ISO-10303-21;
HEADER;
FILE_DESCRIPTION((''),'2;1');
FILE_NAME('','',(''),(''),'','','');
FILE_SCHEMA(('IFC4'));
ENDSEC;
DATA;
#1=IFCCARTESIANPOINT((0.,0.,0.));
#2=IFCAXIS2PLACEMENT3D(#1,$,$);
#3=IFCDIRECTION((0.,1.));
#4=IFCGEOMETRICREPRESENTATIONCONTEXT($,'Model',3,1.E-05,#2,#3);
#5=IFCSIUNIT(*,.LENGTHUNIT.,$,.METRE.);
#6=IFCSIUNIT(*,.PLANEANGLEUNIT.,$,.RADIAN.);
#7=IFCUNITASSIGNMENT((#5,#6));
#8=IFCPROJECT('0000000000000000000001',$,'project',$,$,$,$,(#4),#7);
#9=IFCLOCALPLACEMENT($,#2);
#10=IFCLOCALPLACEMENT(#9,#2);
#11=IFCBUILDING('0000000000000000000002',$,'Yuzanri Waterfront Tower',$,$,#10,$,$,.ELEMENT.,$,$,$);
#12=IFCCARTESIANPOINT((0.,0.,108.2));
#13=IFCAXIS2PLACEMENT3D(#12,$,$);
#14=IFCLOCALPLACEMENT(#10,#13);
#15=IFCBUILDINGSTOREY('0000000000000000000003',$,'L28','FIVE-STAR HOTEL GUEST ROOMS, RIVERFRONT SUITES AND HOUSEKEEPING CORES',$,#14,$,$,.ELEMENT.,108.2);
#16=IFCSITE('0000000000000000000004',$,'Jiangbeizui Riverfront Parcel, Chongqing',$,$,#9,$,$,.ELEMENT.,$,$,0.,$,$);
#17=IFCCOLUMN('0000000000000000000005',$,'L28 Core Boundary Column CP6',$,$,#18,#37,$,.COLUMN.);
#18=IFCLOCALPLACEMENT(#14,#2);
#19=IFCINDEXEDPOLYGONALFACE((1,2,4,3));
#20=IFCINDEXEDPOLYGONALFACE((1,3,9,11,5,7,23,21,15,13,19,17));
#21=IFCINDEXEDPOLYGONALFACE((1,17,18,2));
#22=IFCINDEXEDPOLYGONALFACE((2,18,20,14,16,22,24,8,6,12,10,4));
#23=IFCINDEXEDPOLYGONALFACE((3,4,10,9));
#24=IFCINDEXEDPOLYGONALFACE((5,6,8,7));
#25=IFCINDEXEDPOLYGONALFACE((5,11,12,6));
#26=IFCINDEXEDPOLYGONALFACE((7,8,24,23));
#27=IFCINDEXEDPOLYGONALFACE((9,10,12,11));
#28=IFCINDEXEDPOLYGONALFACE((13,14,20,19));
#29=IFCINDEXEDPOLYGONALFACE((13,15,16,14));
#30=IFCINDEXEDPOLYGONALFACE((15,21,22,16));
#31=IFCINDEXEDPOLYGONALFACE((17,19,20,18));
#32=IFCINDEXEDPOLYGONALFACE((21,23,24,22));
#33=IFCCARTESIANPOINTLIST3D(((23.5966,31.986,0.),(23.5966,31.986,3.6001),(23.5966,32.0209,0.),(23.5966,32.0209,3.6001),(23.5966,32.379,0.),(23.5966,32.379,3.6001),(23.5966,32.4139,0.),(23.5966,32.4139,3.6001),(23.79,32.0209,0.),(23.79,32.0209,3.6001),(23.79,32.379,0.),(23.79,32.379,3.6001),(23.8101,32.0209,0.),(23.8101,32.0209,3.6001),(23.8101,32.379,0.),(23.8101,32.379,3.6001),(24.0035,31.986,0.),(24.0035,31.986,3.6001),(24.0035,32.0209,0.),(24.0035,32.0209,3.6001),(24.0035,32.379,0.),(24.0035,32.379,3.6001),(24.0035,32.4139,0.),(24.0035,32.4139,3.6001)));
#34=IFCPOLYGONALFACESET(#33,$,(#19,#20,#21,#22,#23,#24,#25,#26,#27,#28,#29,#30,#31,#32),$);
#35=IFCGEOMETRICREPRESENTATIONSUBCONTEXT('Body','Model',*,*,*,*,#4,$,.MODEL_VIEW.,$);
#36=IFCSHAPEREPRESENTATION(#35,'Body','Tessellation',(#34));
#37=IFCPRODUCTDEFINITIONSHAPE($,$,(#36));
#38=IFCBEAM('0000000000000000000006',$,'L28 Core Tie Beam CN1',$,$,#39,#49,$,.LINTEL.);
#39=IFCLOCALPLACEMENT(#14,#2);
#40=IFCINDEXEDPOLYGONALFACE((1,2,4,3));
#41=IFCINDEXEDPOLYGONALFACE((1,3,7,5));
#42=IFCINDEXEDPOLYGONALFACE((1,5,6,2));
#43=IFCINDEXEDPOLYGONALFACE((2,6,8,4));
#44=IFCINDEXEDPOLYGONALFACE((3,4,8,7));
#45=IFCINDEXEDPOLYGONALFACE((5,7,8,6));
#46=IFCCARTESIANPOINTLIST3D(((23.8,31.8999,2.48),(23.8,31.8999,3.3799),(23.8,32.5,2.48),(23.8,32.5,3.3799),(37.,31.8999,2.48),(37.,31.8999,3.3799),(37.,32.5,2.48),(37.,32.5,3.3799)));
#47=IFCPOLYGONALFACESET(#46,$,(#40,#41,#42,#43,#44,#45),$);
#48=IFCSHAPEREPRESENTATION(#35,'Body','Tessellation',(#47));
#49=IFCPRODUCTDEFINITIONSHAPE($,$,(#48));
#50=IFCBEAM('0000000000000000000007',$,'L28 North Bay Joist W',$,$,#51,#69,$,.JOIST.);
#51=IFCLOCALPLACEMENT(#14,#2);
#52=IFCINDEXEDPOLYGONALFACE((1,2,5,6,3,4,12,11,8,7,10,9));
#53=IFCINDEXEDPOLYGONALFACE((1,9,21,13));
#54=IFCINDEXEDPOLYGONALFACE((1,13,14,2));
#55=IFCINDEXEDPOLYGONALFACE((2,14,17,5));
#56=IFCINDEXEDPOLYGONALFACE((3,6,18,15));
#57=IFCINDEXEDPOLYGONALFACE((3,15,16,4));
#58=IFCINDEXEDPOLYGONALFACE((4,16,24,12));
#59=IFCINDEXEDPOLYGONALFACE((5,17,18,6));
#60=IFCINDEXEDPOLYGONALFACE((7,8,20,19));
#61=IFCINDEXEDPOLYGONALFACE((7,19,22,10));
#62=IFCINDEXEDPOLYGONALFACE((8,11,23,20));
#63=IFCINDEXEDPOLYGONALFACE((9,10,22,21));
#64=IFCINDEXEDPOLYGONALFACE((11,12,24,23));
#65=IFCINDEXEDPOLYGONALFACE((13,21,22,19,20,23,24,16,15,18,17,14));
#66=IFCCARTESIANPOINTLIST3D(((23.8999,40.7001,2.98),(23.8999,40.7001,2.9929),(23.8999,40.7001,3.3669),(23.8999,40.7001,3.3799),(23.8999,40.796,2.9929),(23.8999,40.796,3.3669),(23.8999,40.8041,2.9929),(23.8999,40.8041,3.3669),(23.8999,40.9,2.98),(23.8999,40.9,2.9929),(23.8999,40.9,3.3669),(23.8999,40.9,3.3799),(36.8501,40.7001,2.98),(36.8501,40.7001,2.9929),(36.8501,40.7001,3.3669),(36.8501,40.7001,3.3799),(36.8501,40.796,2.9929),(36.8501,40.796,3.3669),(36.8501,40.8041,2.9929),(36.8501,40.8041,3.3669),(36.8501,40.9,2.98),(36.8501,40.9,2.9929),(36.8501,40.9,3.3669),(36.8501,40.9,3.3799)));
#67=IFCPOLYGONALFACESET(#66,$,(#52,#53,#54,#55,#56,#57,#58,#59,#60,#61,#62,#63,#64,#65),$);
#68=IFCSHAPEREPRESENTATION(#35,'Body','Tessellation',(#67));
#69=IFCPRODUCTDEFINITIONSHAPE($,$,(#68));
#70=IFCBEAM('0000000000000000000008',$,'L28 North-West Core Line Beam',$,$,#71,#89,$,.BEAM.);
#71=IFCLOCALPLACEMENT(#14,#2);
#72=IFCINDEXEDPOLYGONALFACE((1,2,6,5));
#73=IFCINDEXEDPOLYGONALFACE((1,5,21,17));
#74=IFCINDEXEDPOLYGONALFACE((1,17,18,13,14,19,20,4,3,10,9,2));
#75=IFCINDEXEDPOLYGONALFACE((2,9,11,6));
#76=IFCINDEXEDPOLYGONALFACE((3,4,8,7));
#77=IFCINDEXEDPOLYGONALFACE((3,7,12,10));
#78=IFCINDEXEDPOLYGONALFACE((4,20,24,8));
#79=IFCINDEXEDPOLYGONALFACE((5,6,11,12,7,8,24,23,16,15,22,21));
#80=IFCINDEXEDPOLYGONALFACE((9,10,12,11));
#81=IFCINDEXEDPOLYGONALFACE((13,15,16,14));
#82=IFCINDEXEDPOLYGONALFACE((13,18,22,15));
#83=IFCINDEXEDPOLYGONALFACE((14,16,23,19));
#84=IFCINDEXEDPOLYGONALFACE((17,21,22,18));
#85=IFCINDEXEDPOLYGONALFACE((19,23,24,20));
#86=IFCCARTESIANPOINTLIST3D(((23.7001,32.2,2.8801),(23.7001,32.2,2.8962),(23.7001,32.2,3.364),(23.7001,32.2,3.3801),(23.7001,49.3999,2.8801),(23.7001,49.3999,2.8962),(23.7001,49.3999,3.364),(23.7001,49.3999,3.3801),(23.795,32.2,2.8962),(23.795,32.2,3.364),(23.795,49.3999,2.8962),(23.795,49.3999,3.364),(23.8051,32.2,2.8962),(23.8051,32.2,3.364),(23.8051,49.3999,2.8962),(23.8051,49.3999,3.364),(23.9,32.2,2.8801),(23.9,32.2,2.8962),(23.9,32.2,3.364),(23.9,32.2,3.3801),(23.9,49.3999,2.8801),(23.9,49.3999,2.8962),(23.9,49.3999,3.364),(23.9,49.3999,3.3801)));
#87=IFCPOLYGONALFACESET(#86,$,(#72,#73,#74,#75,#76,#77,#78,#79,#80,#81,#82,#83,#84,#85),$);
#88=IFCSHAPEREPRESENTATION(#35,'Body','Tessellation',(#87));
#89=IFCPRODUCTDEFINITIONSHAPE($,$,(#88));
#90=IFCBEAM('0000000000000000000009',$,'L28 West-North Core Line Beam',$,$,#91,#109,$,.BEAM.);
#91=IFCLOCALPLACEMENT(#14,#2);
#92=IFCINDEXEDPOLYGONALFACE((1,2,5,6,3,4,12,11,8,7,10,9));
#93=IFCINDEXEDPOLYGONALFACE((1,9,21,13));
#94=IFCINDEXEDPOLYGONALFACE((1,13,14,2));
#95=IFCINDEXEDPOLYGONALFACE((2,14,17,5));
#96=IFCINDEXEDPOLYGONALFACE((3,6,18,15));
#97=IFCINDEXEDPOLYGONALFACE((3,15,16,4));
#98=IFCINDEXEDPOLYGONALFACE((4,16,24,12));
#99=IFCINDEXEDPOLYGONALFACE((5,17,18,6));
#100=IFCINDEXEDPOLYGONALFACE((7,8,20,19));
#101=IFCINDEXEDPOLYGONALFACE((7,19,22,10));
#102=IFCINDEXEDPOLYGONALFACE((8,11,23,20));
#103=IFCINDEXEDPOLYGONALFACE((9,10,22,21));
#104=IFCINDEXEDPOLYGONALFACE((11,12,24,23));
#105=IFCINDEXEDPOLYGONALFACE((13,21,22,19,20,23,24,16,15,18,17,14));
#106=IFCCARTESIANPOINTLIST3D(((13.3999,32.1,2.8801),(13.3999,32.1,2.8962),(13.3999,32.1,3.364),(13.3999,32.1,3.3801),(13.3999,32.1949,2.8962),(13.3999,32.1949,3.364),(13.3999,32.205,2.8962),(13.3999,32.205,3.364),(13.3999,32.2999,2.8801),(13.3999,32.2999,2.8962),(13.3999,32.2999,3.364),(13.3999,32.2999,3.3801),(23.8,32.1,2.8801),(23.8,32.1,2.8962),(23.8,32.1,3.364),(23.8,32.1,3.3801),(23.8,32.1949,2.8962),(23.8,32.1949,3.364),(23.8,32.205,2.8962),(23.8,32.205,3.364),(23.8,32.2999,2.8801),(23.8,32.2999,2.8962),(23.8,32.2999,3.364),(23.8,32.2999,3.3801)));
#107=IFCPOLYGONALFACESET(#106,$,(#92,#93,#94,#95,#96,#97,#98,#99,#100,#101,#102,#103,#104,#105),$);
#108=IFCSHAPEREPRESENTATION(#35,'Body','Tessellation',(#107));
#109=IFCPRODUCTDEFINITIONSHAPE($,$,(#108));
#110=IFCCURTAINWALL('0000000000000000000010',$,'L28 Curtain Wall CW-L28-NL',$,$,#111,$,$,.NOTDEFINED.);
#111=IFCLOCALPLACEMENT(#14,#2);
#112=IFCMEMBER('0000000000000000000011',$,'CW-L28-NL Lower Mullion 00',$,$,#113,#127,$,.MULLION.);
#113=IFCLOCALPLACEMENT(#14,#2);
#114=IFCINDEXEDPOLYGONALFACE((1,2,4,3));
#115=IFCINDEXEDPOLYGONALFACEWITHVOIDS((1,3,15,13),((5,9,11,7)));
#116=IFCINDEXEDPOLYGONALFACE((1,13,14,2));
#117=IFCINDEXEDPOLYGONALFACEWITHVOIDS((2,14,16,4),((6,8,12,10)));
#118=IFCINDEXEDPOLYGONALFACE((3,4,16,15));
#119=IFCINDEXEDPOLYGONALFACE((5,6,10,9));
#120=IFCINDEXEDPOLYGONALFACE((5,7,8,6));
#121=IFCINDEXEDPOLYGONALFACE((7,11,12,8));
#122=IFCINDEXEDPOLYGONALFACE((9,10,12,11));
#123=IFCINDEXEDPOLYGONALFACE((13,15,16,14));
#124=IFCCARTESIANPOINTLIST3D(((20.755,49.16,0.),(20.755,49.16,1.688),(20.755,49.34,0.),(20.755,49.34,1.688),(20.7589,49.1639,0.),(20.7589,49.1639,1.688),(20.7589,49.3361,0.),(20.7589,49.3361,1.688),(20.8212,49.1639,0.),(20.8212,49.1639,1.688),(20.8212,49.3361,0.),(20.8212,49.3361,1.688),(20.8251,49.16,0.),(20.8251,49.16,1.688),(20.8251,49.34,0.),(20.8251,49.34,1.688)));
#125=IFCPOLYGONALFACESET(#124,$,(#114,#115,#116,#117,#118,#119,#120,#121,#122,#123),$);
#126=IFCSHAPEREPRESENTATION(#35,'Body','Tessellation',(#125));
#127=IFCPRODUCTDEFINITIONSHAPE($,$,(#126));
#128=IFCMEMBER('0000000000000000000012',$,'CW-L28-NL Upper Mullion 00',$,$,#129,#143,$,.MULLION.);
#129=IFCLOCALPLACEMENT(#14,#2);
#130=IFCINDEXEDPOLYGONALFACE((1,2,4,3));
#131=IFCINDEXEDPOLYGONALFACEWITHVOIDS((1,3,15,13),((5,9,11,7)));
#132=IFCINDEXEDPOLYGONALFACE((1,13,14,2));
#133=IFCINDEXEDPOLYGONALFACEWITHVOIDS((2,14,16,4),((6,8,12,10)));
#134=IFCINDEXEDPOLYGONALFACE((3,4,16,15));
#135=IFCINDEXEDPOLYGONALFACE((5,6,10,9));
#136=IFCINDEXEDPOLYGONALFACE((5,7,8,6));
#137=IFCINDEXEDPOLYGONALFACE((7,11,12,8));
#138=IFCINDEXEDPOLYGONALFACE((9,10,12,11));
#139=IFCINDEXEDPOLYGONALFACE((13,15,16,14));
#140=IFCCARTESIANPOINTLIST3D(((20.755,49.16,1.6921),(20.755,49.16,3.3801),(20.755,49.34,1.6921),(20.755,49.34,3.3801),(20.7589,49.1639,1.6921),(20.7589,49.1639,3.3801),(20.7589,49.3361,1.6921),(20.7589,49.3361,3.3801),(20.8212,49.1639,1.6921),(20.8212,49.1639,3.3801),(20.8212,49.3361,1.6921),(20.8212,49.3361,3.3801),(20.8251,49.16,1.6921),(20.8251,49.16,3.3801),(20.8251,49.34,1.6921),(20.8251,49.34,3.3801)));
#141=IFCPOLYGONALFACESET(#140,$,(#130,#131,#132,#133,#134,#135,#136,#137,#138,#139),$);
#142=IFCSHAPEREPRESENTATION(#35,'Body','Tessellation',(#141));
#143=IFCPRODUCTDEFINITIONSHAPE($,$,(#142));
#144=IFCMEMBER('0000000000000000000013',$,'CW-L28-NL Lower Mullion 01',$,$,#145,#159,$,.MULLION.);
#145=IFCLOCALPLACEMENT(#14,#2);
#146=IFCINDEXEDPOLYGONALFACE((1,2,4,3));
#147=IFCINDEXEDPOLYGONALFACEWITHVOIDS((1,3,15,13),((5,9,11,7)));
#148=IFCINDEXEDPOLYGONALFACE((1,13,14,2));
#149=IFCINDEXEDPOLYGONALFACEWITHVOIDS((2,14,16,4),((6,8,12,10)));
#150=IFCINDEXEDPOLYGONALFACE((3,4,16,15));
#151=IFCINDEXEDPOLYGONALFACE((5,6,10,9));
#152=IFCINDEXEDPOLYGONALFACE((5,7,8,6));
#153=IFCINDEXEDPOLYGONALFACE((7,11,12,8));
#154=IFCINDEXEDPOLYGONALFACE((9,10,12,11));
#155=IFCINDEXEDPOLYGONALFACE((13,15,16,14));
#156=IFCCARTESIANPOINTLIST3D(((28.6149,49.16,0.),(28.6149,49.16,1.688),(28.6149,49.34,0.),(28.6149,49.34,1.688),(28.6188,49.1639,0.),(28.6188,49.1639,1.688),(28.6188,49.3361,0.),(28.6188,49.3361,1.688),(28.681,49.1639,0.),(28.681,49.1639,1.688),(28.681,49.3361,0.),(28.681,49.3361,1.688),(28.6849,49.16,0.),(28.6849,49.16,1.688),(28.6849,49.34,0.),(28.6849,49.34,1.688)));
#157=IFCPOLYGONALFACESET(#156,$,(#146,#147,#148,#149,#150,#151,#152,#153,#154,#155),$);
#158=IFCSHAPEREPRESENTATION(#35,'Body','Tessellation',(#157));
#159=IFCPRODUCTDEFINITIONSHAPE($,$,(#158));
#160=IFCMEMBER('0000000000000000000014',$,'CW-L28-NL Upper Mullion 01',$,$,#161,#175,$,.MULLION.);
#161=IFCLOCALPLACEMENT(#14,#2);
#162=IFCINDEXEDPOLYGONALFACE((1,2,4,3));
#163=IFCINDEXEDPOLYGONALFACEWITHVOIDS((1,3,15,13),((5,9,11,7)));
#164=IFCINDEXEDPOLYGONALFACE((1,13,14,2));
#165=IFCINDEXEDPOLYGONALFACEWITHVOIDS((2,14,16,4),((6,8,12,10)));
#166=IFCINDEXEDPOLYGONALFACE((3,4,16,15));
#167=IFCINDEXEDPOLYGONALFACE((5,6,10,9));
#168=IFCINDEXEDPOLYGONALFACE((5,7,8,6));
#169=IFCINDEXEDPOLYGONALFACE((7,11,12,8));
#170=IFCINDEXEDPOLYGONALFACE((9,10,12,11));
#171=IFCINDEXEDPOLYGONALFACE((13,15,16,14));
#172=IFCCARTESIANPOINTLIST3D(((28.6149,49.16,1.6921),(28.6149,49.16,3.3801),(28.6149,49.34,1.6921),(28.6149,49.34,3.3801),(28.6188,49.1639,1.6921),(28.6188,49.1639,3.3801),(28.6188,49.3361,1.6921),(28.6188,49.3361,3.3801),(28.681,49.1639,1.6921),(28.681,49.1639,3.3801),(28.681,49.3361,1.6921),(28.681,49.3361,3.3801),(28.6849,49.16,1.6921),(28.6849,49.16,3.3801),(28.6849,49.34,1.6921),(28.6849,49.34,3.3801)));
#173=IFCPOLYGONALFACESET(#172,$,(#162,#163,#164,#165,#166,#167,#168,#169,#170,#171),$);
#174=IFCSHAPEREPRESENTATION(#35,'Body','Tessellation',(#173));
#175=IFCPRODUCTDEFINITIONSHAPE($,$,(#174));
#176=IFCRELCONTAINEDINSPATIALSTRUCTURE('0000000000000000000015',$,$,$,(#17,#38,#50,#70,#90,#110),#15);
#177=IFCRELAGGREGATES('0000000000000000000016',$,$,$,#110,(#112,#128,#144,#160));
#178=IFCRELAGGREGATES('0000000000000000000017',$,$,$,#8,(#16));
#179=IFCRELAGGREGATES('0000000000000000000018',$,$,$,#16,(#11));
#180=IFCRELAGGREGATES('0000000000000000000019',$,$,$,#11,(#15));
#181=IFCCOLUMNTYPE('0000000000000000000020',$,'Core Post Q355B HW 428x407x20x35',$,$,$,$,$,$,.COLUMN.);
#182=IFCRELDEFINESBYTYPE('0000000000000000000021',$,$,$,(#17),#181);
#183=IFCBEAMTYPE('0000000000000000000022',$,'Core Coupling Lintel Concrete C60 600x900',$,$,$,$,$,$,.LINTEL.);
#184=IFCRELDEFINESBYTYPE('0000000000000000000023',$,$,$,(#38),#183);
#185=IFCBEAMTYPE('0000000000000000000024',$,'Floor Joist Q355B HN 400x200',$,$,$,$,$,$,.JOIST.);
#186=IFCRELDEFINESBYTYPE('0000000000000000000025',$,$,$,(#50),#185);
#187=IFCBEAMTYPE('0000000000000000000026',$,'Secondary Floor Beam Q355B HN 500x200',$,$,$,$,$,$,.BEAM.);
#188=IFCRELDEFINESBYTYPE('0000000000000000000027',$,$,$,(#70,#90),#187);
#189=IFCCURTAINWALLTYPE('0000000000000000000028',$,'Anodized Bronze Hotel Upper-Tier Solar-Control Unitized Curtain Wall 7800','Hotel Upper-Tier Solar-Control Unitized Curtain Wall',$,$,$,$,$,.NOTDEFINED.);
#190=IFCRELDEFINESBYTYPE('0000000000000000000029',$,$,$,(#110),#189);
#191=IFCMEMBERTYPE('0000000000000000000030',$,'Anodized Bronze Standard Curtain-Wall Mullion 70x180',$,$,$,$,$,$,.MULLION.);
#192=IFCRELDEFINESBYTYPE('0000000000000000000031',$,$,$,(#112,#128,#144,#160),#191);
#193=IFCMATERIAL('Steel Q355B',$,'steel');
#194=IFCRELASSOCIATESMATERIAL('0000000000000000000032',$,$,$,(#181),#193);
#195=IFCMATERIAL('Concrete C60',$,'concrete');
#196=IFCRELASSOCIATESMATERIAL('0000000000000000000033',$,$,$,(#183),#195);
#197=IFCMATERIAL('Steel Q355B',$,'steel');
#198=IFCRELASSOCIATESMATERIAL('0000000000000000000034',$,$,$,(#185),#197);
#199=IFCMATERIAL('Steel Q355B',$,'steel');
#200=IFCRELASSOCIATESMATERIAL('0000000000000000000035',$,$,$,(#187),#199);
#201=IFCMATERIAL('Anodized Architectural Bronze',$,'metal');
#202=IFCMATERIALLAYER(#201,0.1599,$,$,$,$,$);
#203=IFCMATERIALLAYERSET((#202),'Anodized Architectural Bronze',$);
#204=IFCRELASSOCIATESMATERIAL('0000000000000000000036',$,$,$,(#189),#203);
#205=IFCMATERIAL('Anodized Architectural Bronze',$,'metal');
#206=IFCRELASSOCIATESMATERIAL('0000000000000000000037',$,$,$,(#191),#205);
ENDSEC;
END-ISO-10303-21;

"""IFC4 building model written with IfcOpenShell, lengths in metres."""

from ifc_helpers import new_model, si_unit, direction, frame, origin, origin_2d, place, context, subcontext, project, spatial, rectangle, hollow_rectangle, i_section, extrude, source, transform, mapped, material, layer, layer_set, material_profile, profile_set, type_object, element, aggregate, save


model = new_model("IFC4")

# Units and contexts
model_context = context("Model", 3, precision=1e-05, world=origin(), true_north=direction((0.0, 1.0)))
body_context = subcontext(model_context, "Body", "Model", "MODEL_VIEW")
ifc_project = project(units=[si_unit("LENGTHUNIT", "METRE"), si_unit("PLANEANGLEUNIT", "RADIAN")], contexts=[model_context])

# Site, building, storey
site_placement = place(None, origin())
site = spatial("IfcSite", under=ifc_project, at=site_placement, Name="Jiangbeizui Riverfront Parcel, Chongqing", CompositionType="ELEMENT", RefElevation=0.0)
building_placement = place(site_placement, origin())
building = spatial("IfcBuilding", under=site, at=building_placement, Name="Yuzanri Waterfront Tower", CompositionType="ELEMENT")
storey_placement = place(building_placement, frame((0.0, 0.0, 108.2)))
storey = spatial("IfcBuildingStorey", under=building, at=storey_placement, Name="L28", Description="FIVE-STAR HOTEL GUEST ROOMS, RIVERFRONT SUITES AND HOUSEKEEPING CORES", CompositionType="ELEMENT", Elevation=108.2)

# Column
ifc_material_1 = material(Name="Steel Q355B", Category="steel")
ifc_material_profile_1 = material_profile(ifc_material_1, i_section(OverallWidth=0.407, OverallDepth=0.428, WebThickness=0.02, FlangeThickness=0.0349, at=origin_2d()), Name="HW 428x407x20x35")
ifc_profile_set_1 = profile_set([ifc_material_profile_1], Name="Steel Q355B")
column_type = type_object("IfcColumnType", Name="Core Post Q355B HW 428x407x20x35", PredefinedType="COLUMN", material=ifc_profile_set_1)
shared_shape_1 = source(origin(), body_context, "Body", "SweptSolid", [
    extrude(i_section(OverallWidth=0.407, OverallDepth=0.428, WebThickness=0.02, FlangeThickness=0.0349, at=origin_2d()), origin(), (0.0, 0.0, 1.0), 3.6001),
])
column_placement = place(storey_placement, frame((23.8, 32.2, 0.0), z_axis=(0.0, 0.0, 1.0), x_axis=(1.0, 0.0, 0.0)))
element("IfcColumn", 1, at=column_placement, inside=storey, type_object=column_type, Name="L28 Core Boundary Column CP6", PredefinedType="COLUMN", context=body_context, shape_type="MappedRepresentation", body=[
    mapped(shared_shape_1, transform((0.0, 0.0, 0.0), scale=1.0)),
])

# Beams
ifc_material_2 = material(Name="Concrete C60", Category="concrete")
ifc_material_profile_2 = material_profile(ifc_material_2, rectangle(XDim=0.6001, YDim=0.8999, at=origin_2d()), Name="RC 600x900")
ifc_profile_set_2 = profile_set([ifc_material_profile_2], Name="Concrete C60")
beam_type_1 = type_object("IfcBeamType", Name="Core Coupling Lintel Concrete C60 600x900", PredefinedType="LINTEL", material=ifc_profile_set_2)
shared_shape_2 = source(origin(), body_context, "Body", "SweptSolid", [
    extrude(rectangle(XDim=0.6001, YDim=0.8999, at=origin_2d()), origin(), (0.0, 0.0, 1.0), 13.2),
])
beam_1_placement = place(storey_placement, frame((23.8, 32.2, 2.9299), z_axis=(1.0, 0.0, 0.0), x_axis=(0.0, 1.0, 0.0)))
element("IfcBeam", 2, at=beam_1_placement, inside=storey, type_object=beam_type_1, Name="L28 Core Tie Beam CN1", PredefinedType="LINTEL", context=body_context, shape_type="MappedRepresentation", body=[
    mapped(shared_shape_2, transform((0.0, 0.0, 0.0), scale=1.0)),
])
ifc_material_3 = material(Name="Steel Q355B", Category="steel")
ifc_material_profile_3 = material_profile(ifc_material_3, i_section(OverallWidth=0.2, OverallDepth=0.3999, WebThickness=0.0081, FlangeThickness=0.0129, at=origin_2d()), Name="HN 400x200x8x13")
ifc_profile_set_3 = profile_set([ifc_material_profile_3], Name="Steel Q355B")
beam_type_2 = type_object("IfcBeamType", Name="Floor Joist Q355B HN 400x200", PredefinedType="JOIST", material=ifc_profile_set_3)
shared_shape_3 = source(origin(), body_context, "Body", "SweptSolid", [
    extrude(i_section(OverallWidth=0.2, OverallDepth=0.3999, WebThickness=0.0081, FlangeThickness=0.0129, at=origin_2d()), origin(), (0.0, 0.0, 1.0), 12.9502),
])
beam_2_placement = place(storey_placement, frame((23.8999, 40.8, 3.1799), z_axis=(1.0, 0.0, 0.0), x_axis=(0.0, 1.0, 0.0)))
element("IfcBeam", 3, at=beam_2_placement, inside=storey, type_object=beam_type_2, Name="L28 North Bay Joist W", PredefinedType="JOIST", context=body_context, shape_type="MappedRepresentation", body=[
    mapped(shared_shape_3, transform((0.0, 0.0, 0.0), scale=1.0)),
])
ifc_material_4 = material(Name="Steel Q355B", Category="steel")
ifc_material_profile_4 = material_profile(ifc_material_4, i_section(OverallWidth=0.2, OverallDepth=0.5, WebThickness=0.01, FlangeThickness=0.0161, at=origin_2d()), Name="HN 500x200x10x16")
ifc_profile_set_4 = profile_set([ifc_material_profile_4], Name="Steel Q355B")
beam_type_3 = type_object("IfcBeamType", Name="Secondary Floor Beam Q355B HN 500x200", PredefinedType="BEAM", material=ifc_profile_set_4)
shared_shape_4 = source(origin(), body_context, "Body", "SweptSolid", [
    extrude(i_section(OverallWidth=0.2, OverallDepth=0.5, WebThickness=0.01, FlangeThickness=0.0161, at=origin_2d()), origin(), (0.0, 0.0, 1.0), 17.2),
])
beam_3_placement = place(storey_placement, frame((23.8, 32.2, 3.1301), z_axis=(0.0, 1.0, 0.0), x_axis=(-1.0, 0.0, 0.0)))
element("IfcBeam", 4, at=beam_3_placement, inside=storey, type_object=beam_type_3, Name="L28 North-West Core Line Beam", PredefinedType="BEAM", context=body_context, shape_type="MappedRepresentation", body=[
    mapped(shared_shape_4, transform((0.0, 0.0, 0.0), scale=1.0)),
])
shared_shape_5 = source(origin(), body_context, "Body", "SweptSolid", [
    extrude(i_section(OverallWidth=0.2, OverallDepth=0.5, WebThickness=0.01, FlangeThickness=0.0161, at=origin_2d()), origin(), (0.0, 0.0, 1.0), 10.4001),
])
beam_4_placement = place(storey_placement, frame((23.8, 32.2, 3.1301), z_axis=(-1.0, 0.0, 0.0), x_axis=(0.0, -1.0, 0.0)))
element("IfcBeam", 5, at=beam_4_placement, inside=storey, type_object=beam_type_3, Name="L28 West-North Core Line Beam", PredefinedType="BEAM", context=body_context, shape_type="MappedRepresentation", body=[
    mapped(shared_shape_5, transform((0.0, 0.0, 0.0), scale=1.0)),
])

# Curtain wall, members
ifc_material_5 = material(Name="Anodized Architectural Bronze", Category="metal")
ifc_layer_1 = layer(ifc_material_5, 0.1599)
ifc_layer_set_1 = layer_set([ifc_layer_1], Name="Anodized Architectural Bronze")
curtain_wall_type = type_object("IfcCurtainWallType", Name="Anodized Bronze Hotel Upper-Tier Solar-Control Unitized Curtain Wall 7800", Description="Hotel Upper-Tier Solar-Control Unitized Curtain Wall", PredefinedType="NOTDEFINED", material=ifc_layer_set_1)
curtain_wall_placement = place(storey_placement, origin())
curtain_wall = element("IfcCurtainWall", 6, at=curtain_wall_placement, inside=storey, type_object=curtain_wall_type, Name="L28 Curtain Wall CW-L28-NL", PredefinedType="NOTDEFINED")
ifc_material_6 = material(Name="Anodized Architectural Bronze", Category="metal")
ifc_material_profile_5 = material_profile(ifc_material_6, hollow_rectangle(XDim=0.0701, YDim=0.1799, WallThickness=0.0039, at=origin_2d()), Name="CWM 70x180")
ifc_profile_set_5 = profile_set([ifc_material_profile_5], Name="Anodized Architectural Bronze")
member_type_1 = type_object("IfcMemberType", Name="Anodized Bronze Standard Curtain-Wall Mullion 70x180", PredefinedType="MULLION", material=ifc_profile_set_5)
shared_shape_6 = source(origin(), body_context, "Body", "SweptSolid", [
    extrude(hollow_rectangle(XDim=0.0701, YDim=0.1799, WallThickness=0.0039, at=origin_2d()), origin(), (0.0, 0.0, 1.0), 1.688),
])
member_1_placement = place(storey_placement, frame((20.79, 49.25, 0.0), z_axis=(0.0, 0.0, 1.0), x_axis=(1.0, 0.0, 0.0)))
member_1 = element("IfcMember", 7, at=member_1_placement, type_object=member_type_1, Name="CW-L28-NL Lower Mullion 00", PredefinedType="MULLION", context=body_context, shape_type="MappedRepresentation", body=[
    mapped(shared_shape_6, transform((0.0, 0.0, 0.0), scale=1.0)),
])
member_2_placement = place(storey_placement, frame((20.79, 49.25, 1.6921), z_axis=(0.0, 0.0, 1.0), x_axis=(1.0, 0.0, 0.0)))
member_2 = element("IfcMember", 8, at=member_2_placement, type_object=member_type_1, Name="CW-L28-NL Upper Mullion 00", PredefinedType="MULLION", context=body_context, shape_type="MappedRepresentation", body=[
    mapped(shared_shape_6, transform((0.0, 0.0, 0.0), scale=1.0)),
])
member_3_placement = place(storey_placement, frame((28.6499, 49.25, 0.0), z_axis=(0.0, 0.0, 1.0), x_axis=(1.0, 0.0, 0.0)))
member_3 = element("IfcMember", 9, at=member_3_placement, type_object=member_type_1, Name="CW-L28-NL Lower Mullion 01", PredefinedType="MULLION", context=body_context, shape_type="MappedRepresentation", body=[
    mapped(shared_shape_6, transform((0.0, 0.0, 0.0), scale=1.0)),
])
member_4_placement = place(storey_placement, frame((28.6499, 49.25, 1.6921), z_axis=(0.0, 0.0, 1.0), x_axis=(1.0, 0.0, 0.0)))
member_4 = element("IfcMember", 10, at=member_4_placement, type_object=member_type_1, Name="CW-L28-NL Upper Mullion 01", PredefinedType="MULLION", context=body_context, shape_type="MappedRepresentation", body=[
    mapped(shared_shape_6, transform((0.0, 0.0, 0.0), scale=1.0)),
])

aggregate(curtain_wall, [member_1, member_2, member_3, member_4])

save(model, "model.ifc")
